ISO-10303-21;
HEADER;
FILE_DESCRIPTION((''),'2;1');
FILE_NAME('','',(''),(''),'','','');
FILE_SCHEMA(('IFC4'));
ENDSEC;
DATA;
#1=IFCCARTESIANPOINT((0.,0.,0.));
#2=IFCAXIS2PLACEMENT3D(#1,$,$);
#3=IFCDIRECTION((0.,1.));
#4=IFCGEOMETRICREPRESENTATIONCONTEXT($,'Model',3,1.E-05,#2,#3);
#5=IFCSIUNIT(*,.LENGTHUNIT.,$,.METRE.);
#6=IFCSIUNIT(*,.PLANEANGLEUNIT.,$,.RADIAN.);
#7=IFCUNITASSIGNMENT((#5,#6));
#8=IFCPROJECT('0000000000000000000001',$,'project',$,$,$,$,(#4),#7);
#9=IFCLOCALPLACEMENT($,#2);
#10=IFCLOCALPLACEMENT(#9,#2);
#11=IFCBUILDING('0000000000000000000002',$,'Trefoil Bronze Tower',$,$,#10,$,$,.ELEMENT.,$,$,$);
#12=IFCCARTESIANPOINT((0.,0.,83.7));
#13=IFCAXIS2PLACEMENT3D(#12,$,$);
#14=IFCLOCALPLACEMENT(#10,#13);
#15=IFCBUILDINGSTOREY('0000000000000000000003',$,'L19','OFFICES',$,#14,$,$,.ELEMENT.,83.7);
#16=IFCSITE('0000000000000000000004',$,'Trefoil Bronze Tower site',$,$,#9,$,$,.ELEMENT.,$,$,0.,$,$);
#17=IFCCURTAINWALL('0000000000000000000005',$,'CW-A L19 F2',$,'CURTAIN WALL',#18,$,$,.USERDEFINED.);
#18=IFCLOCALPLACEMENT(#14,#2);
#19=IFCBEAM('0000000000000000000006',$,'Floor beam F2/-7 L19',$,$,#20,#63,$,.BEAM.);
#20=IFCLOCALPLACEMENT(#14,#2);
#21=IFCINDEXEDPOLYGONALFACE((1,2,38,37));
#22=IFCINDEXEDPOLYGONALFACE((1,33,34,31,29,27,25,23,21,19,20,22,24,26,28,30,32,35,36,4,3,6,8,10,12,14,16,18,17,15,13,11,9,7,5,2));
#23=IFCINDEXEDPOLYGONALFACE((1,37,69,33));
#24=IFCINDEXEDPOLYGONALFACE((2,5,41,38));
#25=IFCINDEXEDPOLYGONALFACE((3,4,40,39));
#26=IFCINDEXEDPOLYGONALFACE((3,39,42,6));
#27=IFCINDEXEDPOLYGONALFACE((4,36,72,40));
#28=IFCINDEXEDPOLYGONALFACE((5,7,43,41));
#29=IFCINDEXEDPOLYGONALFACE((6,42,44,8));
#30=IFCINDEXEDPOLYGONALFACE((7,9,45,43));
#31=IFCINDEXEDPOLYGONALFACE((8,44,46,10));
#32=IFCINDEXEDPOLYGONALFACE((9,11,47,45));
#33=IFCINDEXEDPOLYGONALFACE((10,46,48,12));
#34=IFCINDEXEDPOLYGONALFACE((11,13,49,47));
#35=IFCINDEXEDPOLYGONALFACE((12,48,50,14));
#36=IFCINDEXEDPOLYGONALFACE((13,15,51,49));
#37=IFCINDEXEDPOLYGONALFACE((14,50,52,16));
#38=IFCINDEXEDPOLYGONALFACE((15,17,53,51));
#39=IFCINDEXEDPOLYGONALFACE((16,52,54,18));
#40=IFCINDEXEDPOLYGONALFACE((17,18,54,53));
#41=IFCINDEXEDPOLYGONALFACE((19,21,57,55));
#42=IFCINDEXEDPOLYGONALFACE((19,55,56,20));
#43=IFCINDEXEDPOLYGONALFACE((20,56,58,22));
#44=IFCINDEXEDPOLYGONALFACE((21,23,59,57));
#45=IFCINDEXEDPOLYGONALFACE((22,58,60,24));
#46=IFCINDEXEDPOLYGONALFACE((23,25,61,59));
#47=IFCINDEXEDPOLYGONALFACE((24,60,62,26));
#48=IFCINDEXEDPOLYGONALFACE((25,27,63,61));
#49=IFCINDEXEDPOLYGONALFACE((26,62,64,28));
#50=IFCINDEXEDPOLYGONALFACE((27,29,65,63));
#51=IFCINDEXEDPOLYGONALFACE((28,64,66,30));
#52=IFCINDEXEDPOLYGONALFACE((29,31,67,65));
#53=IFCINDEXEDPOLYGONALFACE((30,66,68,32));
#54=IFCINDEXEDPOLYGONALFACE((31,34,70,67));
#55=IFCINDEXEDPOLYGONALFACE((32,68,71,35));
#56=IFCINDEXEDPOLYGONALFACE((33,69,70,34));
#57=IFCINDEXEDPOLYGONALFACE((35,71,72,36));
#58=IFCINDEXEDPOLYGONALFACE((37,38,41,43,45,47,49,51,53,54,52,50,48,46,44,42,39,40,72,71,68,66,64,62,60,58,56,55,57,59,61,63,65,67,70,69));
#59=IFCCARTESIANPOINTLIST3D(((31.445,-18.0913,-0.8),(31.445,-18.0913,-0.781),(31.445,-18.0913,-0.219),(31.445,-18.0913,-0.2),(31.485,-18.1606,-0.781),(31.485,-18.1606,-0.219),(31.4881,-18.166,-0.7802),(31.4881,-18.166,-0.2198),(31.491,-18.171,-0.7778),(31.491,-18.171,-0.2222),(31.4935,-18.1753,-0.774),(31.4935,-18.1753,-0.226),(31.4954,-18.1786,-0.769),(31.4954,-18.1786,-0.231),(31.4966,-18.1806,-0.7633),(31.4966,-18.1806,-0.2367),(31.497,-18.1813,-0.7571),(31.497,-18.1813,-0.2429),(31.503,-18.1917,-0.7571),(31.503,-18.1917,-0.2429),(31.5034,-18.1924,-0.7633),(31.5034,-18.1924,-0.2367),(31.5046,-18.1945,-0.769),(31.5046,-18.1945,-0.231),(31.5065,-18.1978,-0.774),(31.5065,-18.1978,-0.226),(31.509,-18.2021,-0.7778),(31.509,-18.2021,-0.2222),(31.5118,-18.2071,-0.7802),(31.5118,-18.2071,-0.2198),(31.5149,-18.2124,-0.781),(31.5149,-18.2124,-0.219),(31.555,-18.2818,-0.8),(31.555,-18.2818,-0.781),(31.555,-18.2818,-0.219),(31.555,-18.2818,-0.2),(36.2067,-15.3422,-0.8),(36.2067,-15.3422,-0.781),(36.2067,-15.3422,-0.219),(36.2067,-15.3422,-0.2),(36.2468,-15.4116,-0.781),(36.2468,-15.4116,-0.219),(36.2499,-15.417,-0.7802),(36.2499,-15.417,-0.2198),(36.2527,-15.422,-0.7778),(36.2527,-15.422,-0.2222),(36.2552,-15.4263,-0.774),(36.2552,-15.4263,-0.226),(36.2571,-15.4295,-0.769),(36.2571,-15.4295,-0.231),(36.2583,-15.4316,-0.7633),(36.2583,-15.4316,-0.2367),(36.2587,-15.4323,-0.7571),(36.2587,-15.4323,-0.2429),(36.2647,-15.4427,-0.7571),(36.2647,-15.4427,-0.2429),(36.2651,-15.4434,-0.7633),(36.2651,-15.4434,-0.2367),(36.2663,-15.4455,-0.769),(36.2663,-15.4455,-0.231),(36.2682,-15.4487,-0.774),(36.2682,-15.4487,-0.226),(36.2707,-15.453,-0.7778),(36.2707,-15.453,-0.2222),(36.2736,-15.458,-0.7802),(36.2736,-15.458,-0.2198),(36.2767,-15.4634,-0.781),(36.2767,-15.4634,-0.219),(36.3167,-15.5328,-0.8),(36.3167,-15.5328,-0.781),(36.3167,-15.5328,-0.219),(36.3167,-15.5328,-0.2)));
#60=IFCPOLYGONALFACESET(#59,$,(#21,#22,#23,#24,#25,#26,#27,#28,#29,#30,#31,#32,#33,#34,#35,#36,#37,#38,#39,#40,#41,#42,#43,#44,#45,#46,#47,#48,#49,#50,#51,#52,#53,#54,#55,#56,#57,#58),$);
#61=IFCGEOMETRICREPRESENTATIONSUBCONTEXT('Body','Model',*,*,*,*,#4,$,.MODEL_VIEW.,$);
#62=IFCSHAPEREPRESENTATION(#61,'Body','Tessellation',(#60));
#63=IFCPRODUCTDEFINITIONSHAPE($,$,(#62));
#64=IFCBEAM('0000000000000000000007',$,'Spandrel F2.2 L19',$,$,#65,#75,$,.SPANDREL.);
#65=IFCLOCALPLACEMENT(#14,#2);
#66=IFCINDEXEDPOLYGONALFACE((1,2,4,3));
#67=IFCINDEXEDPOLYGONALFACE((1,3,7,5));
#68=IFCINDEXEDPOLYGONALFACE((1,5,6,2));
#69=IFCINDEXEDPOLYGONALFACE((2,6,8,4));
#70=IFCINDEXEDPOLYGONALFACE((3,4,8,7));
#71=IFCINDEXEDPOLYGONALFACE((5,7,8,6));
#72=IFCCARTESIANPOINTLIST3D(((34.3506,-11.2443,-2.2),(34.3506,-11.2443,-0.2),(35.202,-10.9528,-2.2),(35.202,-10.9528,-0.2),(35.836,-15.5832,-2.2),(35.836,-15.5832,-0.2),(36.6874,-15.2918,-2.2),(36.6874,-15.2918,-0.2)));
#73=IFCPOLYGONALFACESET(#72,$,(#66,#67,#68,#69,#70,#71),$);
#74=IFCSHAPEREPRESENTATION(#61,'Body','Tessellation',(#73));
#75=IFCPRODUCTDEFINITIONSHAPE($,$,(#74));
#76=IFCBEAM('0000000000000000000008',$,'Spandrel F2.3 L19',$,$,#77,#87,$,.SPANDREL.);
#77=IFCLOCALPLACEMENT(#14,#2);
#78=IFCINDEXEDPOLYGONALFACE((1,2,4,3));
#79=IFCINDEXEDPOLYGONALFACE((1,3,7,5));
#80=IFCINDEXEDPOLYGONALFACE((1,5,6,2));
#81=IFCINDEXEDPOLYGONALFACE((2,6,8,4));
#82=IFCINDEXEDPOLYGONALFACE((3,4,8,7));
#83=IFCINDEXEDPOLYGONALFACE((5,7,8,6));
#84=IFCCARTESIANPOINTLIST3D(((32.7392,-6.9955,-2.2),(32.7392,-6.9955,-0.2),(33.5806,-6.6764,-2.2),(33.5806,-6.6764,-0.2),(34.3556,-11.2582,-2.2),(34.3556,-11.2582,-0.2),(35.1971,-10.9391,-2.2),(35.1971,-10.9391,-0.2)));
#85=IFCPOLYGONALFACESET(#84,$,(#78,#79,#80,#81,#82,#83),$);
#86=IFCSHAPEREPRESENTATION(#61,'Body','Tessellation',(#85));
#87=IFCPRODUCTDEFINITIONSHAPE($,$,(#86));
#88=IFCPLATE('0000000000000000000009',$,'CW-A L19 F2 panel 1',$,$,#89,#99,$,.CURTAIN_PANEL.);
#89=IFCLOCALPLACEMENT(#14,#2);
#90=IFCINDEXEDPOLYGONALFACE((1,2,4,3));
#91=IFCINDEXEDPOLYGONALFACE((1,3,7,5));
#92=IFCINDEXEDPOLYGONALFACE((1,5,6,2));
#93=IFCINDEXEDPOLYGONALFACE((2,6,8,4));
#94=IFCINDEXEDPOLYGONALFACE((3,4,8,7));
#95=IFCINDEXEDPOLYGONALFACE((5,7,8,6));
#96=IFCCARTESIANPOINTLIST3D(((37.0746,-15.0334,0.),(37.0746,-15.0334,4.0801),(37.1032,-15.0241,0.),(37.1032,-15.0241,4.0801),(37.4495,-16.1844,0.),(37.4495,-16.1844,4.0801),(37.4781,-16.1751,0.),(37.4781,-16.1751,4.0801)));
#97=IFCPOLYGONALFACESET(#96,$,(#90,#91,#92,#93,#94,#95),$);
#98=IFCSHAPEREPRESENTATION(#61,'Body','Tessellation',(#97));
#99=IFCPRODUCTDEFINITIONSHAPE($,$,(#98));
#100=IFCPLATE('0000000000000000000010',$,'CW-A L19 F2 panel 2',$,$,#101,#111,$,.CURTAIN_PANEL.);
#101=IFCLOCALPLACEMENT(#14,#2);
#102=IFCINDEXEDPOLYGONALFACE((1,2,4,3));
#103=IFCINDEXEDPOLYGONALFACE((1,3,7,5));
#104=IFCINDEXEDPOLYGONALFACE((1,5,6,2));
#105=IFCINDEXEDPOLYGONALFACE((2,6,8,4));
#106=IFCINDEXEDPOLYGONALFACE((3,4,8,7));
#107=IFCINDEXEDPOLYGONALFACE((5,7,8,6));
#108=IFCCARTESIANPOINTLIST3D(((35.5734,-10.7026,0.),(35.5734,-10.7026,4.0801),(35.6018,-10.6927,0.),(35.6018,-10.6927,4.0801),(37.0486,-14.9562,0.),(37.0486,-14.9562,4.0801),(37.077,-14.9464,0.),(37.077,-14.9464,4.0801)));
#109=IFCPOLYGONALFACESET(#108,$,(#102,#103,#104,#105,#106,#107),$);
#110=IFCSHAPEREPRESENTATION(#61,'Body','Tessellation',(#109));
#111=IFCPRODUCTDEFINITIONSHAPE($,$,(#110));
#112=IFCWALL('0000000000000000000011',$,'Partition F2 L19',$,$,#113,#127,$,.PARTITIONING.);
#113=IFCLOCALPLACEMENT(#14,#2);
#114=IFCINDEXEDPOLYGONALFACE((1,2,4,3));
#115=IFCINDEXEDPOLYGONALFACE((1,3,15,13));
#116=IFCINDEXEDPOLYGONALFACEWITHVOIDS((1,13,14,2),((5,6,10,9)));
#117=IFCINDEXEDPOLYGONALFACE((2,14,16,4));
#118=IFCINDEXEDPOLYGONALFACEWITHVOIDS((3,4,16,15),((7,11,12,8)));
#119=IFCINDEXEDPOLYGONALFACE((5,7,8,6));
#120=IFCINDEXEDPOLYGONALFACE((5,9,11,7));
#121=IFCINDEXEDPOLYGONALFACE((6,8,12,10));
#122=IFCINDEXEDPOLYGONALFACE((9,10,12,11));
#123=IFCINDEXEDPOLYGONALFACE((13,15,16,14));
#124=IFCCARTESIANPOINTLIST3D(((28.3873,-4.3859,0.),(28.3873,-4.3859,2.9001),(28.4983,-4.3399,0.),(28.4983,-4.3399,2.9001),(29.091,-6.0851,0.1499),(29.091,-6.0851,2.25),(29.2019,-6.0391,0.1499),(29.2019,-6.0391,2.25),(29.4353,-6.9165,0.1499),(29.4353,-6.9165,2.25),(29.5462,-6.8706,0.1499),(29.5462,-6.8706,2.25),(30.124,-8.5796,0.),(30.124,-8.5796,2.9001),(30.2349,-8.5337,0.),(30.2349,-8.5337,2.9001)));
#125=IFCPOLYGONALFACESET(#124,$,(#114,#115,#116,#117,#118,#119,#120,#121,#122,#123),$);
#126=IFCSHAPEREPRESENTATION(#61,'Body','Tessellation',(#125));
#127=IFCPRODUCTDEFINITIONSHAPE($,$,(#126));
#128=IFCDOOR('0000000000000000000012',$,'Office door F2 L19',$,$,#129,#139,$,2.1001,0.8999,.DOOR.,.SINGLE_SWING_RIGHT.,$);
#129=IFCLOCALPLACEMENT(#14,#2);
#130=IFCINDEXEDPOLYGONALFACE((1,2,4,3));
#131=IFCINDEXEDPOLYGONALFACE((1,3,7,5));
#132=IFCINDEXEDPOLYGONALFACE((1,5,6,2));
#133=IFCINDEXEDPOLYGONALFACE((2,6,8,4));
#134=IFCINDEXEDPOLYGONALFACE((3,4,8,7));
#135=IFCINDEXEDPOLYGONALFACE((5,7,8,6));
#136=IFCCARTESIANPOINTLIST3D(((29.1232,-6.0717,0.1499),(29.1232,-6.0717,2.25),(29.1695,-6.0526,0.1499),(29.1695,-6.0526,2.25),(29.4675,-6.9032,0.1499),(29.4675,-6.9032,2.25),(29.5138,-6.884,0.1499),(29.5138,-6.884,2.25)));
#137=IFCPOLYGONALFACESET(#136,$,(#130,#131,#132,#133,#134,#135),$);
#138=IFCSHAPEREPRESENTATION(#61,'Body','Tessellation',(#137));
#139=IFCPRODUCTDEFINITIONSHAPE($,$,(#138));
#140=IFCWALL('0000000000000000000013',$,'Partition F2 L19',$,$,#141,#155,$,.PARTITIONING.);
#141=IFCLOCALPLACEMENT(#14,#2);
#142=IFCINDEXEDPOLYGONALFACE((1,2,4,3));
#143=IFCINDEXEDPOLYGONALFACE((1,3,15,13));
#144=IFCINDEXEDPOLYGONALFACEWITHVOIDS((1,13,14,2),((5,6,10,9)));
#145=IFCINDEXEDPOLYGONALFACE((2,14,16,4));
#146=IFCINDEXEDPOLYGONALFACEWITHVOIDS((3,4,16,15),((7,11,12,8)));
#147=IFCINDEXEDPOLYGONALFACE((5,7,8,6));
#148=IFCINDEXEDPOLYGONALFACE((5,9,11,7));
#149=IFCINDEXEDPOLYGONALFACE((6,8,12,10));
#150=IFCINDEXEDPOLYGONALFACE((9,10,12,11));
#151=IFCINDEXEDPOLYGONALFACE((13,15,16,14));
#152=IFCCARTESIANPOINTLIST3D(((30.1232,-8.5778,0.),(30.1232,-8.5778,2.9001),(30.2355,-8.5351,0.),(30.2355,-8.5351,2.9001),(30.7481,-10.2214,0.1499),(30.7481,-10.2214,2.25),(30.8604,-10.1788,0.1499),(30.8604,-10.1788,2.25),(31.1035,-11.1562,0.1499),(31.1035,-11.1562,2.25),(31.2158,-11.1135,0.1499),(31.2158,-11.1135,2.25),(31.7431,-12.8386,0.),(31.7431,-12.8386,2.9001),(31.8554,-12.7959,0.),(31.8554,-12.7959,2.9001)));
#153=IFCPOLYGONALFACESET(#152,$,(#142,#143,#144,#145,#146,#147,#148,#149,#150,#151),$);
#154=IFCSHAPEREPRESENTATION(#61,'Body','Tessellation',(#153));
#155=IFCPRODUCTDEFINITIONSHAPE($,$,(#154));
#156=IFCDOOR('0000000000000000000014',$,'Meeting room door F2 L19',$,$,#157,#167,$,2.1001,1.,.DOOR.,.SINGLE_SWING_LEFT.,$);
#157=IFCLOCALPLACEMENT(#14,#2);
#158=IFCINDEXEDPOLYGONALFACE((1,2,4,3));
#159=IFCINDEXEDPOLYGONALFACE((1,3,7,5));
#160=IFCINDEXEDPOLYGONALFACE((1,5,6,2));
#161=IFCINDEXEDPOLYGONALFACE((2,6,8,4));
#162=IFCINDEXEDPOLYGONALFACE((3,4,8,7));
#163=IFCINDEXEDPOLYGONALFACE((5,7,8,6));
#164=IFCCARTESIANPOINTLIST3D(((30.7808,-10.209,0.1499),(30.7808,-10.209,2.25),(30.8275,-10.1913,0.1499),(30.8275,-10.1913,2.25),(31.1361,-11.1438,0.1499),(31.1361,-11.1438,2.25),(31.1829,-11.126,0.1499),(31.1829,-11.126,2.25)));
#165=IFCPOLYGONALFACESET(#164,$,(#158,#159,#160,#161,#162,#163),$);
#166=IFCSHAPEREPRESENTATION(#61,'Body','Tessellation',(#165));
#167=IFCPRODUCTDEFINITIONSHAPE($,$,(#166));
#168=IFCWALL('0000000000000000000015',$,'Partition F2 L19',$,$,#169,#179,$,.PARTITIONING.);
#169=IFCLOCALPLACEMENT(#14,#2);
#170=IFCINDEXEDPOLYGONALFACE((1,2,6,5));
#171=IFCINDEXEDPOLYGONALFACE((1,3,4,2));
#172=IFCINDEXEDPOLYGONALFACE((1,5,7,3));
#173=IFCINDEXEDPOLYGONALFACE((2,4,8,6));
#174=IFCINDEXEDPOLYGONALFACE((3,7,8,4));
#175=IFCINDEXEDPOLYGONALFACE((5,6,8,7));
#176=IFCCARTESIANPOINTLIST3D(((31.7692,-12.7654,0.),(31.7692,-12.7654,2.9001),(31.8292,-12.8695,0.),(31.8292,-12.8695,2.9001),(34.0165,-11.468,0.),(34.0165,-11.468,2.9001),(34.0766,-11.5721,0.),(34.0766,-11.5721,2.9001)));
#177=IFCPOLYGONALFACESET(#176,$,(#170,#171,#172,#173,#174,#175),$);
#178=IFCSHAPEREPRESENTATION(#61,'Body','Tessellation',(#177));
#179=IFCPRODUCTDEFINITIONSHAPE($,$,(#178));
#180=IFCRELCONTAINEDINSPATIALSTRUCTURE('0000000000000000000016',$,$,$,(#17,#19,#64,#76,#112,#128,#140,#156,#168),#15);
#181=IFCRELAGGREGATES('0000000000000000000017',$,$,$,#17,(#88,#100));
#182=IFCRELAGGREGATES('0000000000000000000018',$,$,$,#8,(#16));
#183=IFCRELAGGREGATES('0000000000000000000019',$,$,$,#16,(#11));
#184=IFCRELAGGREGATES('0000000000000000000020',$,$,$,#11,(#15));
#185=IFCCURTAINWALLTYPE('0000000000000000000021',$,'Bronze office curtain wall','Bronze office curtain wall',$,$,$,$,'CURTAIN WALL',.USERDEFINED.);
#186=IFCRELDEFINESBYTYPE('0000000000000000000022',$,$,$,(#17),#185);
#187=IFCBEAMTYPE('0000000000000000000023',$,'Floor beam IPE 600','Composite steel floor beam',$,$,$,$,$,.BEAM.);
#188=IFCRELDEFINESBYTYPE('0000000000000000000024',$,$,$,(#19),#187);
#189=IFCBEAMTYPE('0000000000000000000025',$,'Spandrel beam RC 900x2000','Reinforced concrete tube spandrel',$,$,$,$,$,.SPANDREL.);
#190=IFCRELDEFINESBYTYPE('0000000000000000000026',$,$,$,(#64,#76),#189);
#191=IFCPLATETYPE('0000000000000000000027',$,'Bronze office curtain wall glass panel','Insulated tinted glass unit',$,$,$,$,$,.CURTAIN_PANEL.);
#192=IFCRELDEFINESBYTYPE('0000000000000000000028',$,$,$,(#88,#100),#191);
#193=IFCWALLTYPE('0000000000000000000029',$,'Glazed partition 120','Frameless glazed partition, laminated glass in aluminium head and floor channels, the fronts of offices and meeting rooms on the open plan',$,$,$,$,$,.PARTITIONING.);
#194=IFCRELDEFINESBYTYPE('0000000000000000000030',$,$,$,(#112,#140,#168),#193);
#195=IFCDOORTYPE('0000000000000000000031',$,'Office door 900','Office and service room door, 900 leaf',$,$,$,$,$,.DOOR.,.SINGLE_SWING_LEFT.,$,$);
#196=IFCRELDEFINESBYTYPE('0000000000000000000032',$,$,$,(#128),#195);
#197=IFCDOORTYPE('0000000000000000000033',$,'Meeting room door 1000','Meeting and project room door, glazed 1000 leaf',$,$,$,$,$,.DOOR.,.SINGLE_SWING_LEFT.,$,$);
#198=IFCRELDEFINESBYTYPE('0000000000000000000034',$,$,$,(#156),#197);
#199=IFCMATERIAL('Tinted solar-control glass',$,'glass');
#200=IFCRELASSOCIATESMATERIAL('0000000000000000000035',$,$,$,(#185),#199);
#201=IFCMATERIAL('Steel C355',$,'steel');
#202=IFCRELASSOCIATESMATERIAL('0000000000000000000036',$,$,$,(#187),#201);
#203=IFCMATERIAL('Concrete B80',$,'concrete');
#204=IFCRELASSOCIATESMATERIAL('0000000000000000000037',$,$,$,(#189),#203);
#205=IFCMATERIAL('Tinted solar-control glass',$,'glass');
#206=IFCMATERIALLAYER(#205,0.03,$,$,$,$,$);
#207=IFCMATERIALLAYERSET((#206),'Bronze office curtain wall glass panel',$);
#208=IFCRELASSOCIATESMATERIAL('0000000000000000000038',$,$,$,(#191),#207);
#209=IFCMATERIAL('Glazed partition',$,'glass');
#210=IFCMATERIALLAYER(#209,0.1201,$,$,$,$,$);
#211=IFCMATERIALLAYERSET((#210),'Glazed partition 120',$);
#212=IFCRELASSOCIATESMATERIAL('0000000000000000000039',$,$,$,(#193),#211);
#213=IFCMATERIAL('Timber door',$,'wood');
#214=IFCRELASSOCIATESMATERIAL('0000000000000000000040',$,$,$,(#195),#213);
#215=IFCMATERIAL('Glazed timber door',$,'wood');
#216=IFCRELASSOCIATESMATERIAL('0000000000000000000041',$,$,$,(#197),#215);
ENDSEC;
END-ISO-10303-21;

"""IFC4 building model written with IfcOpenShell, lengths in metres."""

from ifc_helpers import new_model, si_unit, direction, frame, frame_2d, origin, origin_2d, place, context, subcontext, project, spatial, rectangle, i_section, extrude, material, layer, layer_set, material_profile, profile_set, type_object, element, fill, aggregate, save


model = new_model("IFC4")

# Units and contexts
model_context = context("Model", 3, precision=1e-05, world=origin(), true_north=direction((0.0, 1.0)))
body_context = subcontext(model_context, "Body", "Model", "MODEL_VIEW")
ifc_project = project(units=[si_unit("LENGTHUNIT", "METRE"), si_unit("PLANEANGLEUNIT", "RADIAN")], contexts=[model_context])

# Site, building, storey
site_placement = place(None, origin())
site = spatial("IfcSite", under=ifc_project, at=site_placement, Name="Trefoil Bronze Tower site", CompositionType="ELEMENT", RefElevation=0.0)
building_placement = place(site_placement, origin())
building = spatial("IfcBuilding", under=site, at=building_placement, Name="Trefoil Bronze Tower", CompositionType="ELEMENT")
storey_placement = place(building_placement, frame((0.0, 0.0, 83.7)))
storey = spatial("IfcBuildingStorey", under=building, at=storey_placement, Name="L19", Description="OFFICES", CompositionType="ELEMENT", Elevation=83.7)

# Curtain wall
ifc_material_1 = material(Name="Tinted solar-control glass", Category="glass")
curtain_wall_type = type_object("IfcCurtainWallType", Name="Bronze office curtain wall", Description="Bronze office curtain wall", ElementType="CURTAIN WALL", PredefinedType="USERDEFINED", material=ifc_material_1)
curtain_wall_placement = place(storey_placement, origin())
curtain_wall = element("IfcCurtainWall", 1, at=curtain_wall_placement, inside=storey, type_object=curtain_wall_type, Name="CW-A L19 F2", ObjectType="CURTAIN WALL", PredefinedType="USERDEFINED")

# Beams
ifc_material_2 = material(Name="Steel C355", Category="steel")
ifc_material_profile_1 = material_profile(ifc_material_2, i_section(OverallWidth=0.22, OverallDepth=0.6001, WebThickness=0.012, FlangeThickness=0.019, FilletRadius=0.0239, at=origin_2d()), Name="IPE 600")
ifc_profile_set_1 = profile_set([ifc_material_profile_1], Name="Steel C355")
beam_type_1 = type_object("IfcBeamType", Name="Floor beam IPE 600", Description="Composite steel floor beam", PredefinedType="BEAM", material=ifc_profile_set_1)
beam_1_placement = place(storey_placement, frame((36.2617, -15.4375, -0.5), z_axis=(-0.866038, -0.499979, 0.0), x_axis=(0.499979, -0.866038, 0.0)))
element("IfcBeam", 2, at=beam_1_placement, inside=storey, type_object=beam_type_1, Name="Floor beam F2/-7 L19", PredefinedType="BEAM", context=body_context, shape_type="SweptSolid", body=[
    extrude(i_section(OverallWidth=0.22, OverallDepth=0.6001, WebThickness=0.012, FlangeThickness=0.019, FilletRadius=0.0239, at=origin_2d()), origin(), (0.0, 0.0, 1.0), 5.4983),
])
ifc_material_3 = material(Name="Concrete B80", Category="concrete")
ifc_material_profile_2 = material_profile(ifc_material_3, rectangle(XDim=0.8999, YDim=2.0, at=origin_2d()), Name="RC 900x2000")
ifc_profile_set_2 = profile_set([ifc_material_profile_2], Name="Concrete B80")
beam_type_2 = type_object("IfcBeamType", Name="Spandrel beam RC 900x2000", Description="Reinforced concrete tube spandrel", PredefinedType="SPANDREL", material=ifc_profile_set_2)
beam_2_placement = place(storey_placement, frame((36.2617, -15.4375, -1.2), z_axis=(-0.323883, 0.946097, 0.0), x_axis=(-0.946097, -0.323883, 0.0)))
element("IfcBeam", 3, at=beam_2_placement, inside=storey, type_object=beam_type_2, Name="Spandrel F2.2 L19", PredefinedType="SPANDREL", context=body_context, shape_type="SweptSolid", body=[
    extrude(rectangle(XDim=0.8999, YDim=2.0, at=origin_2d()), origin(), (0.0, 0.0, 1.0), 4.5862),
])
beam_3_placement = place(storey_placement, frame((34.7764, -11.0986, -1.2), z_axis=(-0.354572, 0.935029, 0.0), x_axis=(-0.935029, -0.354572, 0.0)))
element("IfcBeam", 4, at=beam_3_placement, inside=storey, type_object=beam_type_2, Name="Spandrel F2.3 L19", PredefinedType="SPANDREL", context=body_context, shape_type="SweptSolid", body=[
    extrude(rectangle(XDim=0.8999, YDim=2.0, at=origin_2d()), origin(), (0.0, 0.0, 1.0), 4.5588),
])

# Plates
ifc_material_4 = material(Name="Tinted solar-control glass", Category="glass")
ifc_layer_1 = layer(ifc_material_4, 0.03)
ifc_layer_set_1 = layer_set([ifc_layer_1], Name="Bronze office curtain wall glass panel")
plate_type = type_object("IfcPlateType", Name="Bronze office curtain wall glass panel", Description="Insulated tinted glass unit", PredefinedType="CURTAIN_PANEL", material=ifc_layer_set_1)
plate_1_placement = place(storey_placement, frame((37.2764, -15.6042, 0.0), z_axis=(0.0, 0.0, 1.0), x_axis=(-0.309728, 0.950825, 0.0)))
plate_1 = element("IfcPlate", 5, at=plate_1_placement, type_object=plate_type, Name="CW-A L19 F2 panel 1", PredefinedType="CURTAIN_PANEL", context=body_context, shape_type="SweptSolid", body=[
    extrude(rectangle(XDim=1.2104, YDim=0.03, at=origin_2d()), origin(), (0.0, 0.0, 1.0), 4.0801),
])
plate_2_placement = place(storey_placement, frame((36.3252, -12.8245, 0.0), z_axis=(0.0, 0.0, 1.0), x_axis=(-0.327674, 0.944791, 0.0)))
plate_2 = element("IfcPlate", 6, at=plate_2_placement, type_object=plate_type, Name="CW-A L19 F2 panel 2", PredefinedType="CURTAIN_PANEL", context=body_context, shape_type="SweptSolid", body=[
    extrude(rectangle(XDim=4.5022, YDim=0.03, at=origin_2d()), origin(), (0.0, 0.0, 1.0), 4.0801),
])
aggregate(curtain_wall, [plate_1, plate_2])

# Walls, openings, doors
ifc_material_5 = material(Name="Glazed partition", Category="glass")
ifc_layer_2 = layer(ifc_material_5, 0.1201)
ifc_layer_set_2 = layer_set([ifc_layer_2], Name="Glazed partition 120")
wall_type = type_object("IfcWallType", Name="Glazed partition 120", Description="Frameless glazed partition, laminated glass in aluminium head and floor channels, the fronts of offices and meeting rooms on the open plan", PredefinedType="PARTITIONING", material=ifc_layer_set_2)
wall_1_placement = place(storey_placement, frame((30.1794, -8.5566, 0.0), z_axis=(0.0, 0.0, 1.0), x_axis=(-0.382594, 0.923917, 0.0)))
wall_1 = element("IfcWall", 7, at=wall_1_placement, inside=storey, type_object=wall_type, Name="Partition F2 L19", PredefinedType="PARTITIONING", context=body_context, shape_type="SweptSolid", body=[
    extrude(rectangle(XDim=4.5391, YDim=0.1201, at=frame_2d((2.2695, 0.0))), origin(), (0.0, 0.0, 1.0), 2.9001),
])
opening_1_placement = place(wall_1_placement, frame((1.8, 0.0, 0.1499)))
opening_1 = element("IfcOpeningElement", 8, at=opening_1_placement, cuts=wall_1, PredefinedType="OPENING", context=body_context, shape_type="SweptSolid", body=[
    extrude(rectangle(XDim=0.8999, YDim=2.1001, at=frame_2d((0.45, 1.05))), frame((0.0, 0.0701, 0.0), z_axis=(0.0, -1.0, 0.0), x_axis=(1.0, 0.0, 0.0)), (0.0, 0.0, 1.0), 0.1401),
])
ifc_material_6 = material(Name="Timber door", Category="wood")
door_type_1 = type_object("IfcDoorType", Name="Office door 900", Description="Office and service room door, 900 leaf", OperationType="SINGLE_SWING_LEFT", PredefinedType="DOOR", material=ifc_material_6)
door_1_placement = place(opening_1_placement, frame((0.8999, 0.0, 0.0), z_axis=(0.0, 0.0, 1.0), x_axis=(-1.0, 0.0, 0.0)))
door_1 = element("IfcDoor", 9, at=door_1_placement, inside=storey, type_object=door_type_1, Name="Office door F2 L19", OperationType="SINGLE_SWING_RIGHT", OverallHeight=2.1001, OverallWidth=0.8999, PredefinedType="DOOR", context=body_context, shape_type="SweptSolid", body=[
    extrude(rectangle(XDim=0.8999, YDim=2.1001, at=frame_2d((0.45, 1.05))), frame((0.0, 0.0249, 0.0), z_axis=(0.0, -1.0, 0.0), x_axis=(1.0, 0.0, 0.0)), (0.0, 0.0, 1.0), 0.05),
])
fill(opening_1, door_1)
wall_2_placement = place(storey_placement, frame((31.7993, -12.8174, 0.0), z_axis=(0.0, 0.0, 1.0), x_axis=(-0.355369, 0.934726, 0.0)))
wall_2 = element("IfcWall", 10, at=wall_2_placement, inside=storey, type_object=wall_type, Name="Partition F2 L19", PredefinedType="PARTITIONING", context=body_context, shape_type="SweptSolid", body=[
    extrude(rectangle(XDim=4.5583, YDim=0.1201, at=frame_2d((2.2793, 0.0))), origin(), (0.0, 0.0, 1.0), 2.9001),
])
opening_2_placement = place(wall_2_placement, frame((1.8, 0.0, 0.1499)))
opening_2 = element("IfcOpeningElement", 11, at=opening_2_placement, cuts=wall_2, PredefinedType="OPENING", context=body_context, shape_type="SweptSolid", body=[
    extrude(rectangle(XDim=1.0, YDim=2.1001, at=frame_2d((0.5, 1.05))), frame((0.0, 0.0701, 0.0), z_axis=(0.0, -1.0, 0.0), x_axis=(1.0, 0.0, 0.0)), (0.0, 0.0, 1.0), 0.1401),
])
ifc_material_7 = material(Name="Glazed timber door", Category="wood")
door_type_2 = type_object("IfcDoorType", Name="Meeting room door 1000", Description="Meeting and project room door, glazed 1000 leaf", OperationType="SINGLE_SWING_LEFT", PredefinedType="DOOR", material=ifc_material_7)
door_2_placement = place(opening_2_placement, frame((1.0, 0.0, 0.0), z_axis=(0.0, 0.0, 1.0), x_axis=(-1.0, 0.0, 0.0)))
door_2 = element("IfcDoor", 12, at=door_2_placement, inside=storey, type_object=door_type_2, Name="Meeting room door F2 L19", OperationType="SINGLE_SWING_LEFT", OverallHeight=2.1001, OverallWidth=1.0, PredefinedType="DOOR", context=body_context, shape_type="SweptSolid", body=[
    extrude(rectangle(XDim=1.0, YDim=2.1001, at=frame_2d((0.5, 1.05))), frame((0.0, 0.0249, 0.0), z_axis=(0.0, -1.0, 0.0), x_axis=(1.0, 0.0, 0.0)), (0.0, 0.0, 1.0), 0.05),
])
fill(opening_2, door_2)

# Wall
wall_3_placement = place(storey_placement, frame((31.7993, -12.8174, 0.0), z_axis=(0.0, 0.0, 1.0), x_axis=(0.866046, 0.499964, 0.0)))
element("IfcWall", 13, at=wall_3_placement, inside=storey, type_object=wall_type, Name="Partition F2 L19", PredefinedType="PARTITIONING", context=body_context, shape_type="SweptSolid", body=[
    extrude(rectangle(XDim=2.595, YDim=0.1201, at=frame_2d((1.2974, 0.0))), origin(), (0.0, 0.0, 1.0), 2.9001),
])

save(model, "model.ifc")
